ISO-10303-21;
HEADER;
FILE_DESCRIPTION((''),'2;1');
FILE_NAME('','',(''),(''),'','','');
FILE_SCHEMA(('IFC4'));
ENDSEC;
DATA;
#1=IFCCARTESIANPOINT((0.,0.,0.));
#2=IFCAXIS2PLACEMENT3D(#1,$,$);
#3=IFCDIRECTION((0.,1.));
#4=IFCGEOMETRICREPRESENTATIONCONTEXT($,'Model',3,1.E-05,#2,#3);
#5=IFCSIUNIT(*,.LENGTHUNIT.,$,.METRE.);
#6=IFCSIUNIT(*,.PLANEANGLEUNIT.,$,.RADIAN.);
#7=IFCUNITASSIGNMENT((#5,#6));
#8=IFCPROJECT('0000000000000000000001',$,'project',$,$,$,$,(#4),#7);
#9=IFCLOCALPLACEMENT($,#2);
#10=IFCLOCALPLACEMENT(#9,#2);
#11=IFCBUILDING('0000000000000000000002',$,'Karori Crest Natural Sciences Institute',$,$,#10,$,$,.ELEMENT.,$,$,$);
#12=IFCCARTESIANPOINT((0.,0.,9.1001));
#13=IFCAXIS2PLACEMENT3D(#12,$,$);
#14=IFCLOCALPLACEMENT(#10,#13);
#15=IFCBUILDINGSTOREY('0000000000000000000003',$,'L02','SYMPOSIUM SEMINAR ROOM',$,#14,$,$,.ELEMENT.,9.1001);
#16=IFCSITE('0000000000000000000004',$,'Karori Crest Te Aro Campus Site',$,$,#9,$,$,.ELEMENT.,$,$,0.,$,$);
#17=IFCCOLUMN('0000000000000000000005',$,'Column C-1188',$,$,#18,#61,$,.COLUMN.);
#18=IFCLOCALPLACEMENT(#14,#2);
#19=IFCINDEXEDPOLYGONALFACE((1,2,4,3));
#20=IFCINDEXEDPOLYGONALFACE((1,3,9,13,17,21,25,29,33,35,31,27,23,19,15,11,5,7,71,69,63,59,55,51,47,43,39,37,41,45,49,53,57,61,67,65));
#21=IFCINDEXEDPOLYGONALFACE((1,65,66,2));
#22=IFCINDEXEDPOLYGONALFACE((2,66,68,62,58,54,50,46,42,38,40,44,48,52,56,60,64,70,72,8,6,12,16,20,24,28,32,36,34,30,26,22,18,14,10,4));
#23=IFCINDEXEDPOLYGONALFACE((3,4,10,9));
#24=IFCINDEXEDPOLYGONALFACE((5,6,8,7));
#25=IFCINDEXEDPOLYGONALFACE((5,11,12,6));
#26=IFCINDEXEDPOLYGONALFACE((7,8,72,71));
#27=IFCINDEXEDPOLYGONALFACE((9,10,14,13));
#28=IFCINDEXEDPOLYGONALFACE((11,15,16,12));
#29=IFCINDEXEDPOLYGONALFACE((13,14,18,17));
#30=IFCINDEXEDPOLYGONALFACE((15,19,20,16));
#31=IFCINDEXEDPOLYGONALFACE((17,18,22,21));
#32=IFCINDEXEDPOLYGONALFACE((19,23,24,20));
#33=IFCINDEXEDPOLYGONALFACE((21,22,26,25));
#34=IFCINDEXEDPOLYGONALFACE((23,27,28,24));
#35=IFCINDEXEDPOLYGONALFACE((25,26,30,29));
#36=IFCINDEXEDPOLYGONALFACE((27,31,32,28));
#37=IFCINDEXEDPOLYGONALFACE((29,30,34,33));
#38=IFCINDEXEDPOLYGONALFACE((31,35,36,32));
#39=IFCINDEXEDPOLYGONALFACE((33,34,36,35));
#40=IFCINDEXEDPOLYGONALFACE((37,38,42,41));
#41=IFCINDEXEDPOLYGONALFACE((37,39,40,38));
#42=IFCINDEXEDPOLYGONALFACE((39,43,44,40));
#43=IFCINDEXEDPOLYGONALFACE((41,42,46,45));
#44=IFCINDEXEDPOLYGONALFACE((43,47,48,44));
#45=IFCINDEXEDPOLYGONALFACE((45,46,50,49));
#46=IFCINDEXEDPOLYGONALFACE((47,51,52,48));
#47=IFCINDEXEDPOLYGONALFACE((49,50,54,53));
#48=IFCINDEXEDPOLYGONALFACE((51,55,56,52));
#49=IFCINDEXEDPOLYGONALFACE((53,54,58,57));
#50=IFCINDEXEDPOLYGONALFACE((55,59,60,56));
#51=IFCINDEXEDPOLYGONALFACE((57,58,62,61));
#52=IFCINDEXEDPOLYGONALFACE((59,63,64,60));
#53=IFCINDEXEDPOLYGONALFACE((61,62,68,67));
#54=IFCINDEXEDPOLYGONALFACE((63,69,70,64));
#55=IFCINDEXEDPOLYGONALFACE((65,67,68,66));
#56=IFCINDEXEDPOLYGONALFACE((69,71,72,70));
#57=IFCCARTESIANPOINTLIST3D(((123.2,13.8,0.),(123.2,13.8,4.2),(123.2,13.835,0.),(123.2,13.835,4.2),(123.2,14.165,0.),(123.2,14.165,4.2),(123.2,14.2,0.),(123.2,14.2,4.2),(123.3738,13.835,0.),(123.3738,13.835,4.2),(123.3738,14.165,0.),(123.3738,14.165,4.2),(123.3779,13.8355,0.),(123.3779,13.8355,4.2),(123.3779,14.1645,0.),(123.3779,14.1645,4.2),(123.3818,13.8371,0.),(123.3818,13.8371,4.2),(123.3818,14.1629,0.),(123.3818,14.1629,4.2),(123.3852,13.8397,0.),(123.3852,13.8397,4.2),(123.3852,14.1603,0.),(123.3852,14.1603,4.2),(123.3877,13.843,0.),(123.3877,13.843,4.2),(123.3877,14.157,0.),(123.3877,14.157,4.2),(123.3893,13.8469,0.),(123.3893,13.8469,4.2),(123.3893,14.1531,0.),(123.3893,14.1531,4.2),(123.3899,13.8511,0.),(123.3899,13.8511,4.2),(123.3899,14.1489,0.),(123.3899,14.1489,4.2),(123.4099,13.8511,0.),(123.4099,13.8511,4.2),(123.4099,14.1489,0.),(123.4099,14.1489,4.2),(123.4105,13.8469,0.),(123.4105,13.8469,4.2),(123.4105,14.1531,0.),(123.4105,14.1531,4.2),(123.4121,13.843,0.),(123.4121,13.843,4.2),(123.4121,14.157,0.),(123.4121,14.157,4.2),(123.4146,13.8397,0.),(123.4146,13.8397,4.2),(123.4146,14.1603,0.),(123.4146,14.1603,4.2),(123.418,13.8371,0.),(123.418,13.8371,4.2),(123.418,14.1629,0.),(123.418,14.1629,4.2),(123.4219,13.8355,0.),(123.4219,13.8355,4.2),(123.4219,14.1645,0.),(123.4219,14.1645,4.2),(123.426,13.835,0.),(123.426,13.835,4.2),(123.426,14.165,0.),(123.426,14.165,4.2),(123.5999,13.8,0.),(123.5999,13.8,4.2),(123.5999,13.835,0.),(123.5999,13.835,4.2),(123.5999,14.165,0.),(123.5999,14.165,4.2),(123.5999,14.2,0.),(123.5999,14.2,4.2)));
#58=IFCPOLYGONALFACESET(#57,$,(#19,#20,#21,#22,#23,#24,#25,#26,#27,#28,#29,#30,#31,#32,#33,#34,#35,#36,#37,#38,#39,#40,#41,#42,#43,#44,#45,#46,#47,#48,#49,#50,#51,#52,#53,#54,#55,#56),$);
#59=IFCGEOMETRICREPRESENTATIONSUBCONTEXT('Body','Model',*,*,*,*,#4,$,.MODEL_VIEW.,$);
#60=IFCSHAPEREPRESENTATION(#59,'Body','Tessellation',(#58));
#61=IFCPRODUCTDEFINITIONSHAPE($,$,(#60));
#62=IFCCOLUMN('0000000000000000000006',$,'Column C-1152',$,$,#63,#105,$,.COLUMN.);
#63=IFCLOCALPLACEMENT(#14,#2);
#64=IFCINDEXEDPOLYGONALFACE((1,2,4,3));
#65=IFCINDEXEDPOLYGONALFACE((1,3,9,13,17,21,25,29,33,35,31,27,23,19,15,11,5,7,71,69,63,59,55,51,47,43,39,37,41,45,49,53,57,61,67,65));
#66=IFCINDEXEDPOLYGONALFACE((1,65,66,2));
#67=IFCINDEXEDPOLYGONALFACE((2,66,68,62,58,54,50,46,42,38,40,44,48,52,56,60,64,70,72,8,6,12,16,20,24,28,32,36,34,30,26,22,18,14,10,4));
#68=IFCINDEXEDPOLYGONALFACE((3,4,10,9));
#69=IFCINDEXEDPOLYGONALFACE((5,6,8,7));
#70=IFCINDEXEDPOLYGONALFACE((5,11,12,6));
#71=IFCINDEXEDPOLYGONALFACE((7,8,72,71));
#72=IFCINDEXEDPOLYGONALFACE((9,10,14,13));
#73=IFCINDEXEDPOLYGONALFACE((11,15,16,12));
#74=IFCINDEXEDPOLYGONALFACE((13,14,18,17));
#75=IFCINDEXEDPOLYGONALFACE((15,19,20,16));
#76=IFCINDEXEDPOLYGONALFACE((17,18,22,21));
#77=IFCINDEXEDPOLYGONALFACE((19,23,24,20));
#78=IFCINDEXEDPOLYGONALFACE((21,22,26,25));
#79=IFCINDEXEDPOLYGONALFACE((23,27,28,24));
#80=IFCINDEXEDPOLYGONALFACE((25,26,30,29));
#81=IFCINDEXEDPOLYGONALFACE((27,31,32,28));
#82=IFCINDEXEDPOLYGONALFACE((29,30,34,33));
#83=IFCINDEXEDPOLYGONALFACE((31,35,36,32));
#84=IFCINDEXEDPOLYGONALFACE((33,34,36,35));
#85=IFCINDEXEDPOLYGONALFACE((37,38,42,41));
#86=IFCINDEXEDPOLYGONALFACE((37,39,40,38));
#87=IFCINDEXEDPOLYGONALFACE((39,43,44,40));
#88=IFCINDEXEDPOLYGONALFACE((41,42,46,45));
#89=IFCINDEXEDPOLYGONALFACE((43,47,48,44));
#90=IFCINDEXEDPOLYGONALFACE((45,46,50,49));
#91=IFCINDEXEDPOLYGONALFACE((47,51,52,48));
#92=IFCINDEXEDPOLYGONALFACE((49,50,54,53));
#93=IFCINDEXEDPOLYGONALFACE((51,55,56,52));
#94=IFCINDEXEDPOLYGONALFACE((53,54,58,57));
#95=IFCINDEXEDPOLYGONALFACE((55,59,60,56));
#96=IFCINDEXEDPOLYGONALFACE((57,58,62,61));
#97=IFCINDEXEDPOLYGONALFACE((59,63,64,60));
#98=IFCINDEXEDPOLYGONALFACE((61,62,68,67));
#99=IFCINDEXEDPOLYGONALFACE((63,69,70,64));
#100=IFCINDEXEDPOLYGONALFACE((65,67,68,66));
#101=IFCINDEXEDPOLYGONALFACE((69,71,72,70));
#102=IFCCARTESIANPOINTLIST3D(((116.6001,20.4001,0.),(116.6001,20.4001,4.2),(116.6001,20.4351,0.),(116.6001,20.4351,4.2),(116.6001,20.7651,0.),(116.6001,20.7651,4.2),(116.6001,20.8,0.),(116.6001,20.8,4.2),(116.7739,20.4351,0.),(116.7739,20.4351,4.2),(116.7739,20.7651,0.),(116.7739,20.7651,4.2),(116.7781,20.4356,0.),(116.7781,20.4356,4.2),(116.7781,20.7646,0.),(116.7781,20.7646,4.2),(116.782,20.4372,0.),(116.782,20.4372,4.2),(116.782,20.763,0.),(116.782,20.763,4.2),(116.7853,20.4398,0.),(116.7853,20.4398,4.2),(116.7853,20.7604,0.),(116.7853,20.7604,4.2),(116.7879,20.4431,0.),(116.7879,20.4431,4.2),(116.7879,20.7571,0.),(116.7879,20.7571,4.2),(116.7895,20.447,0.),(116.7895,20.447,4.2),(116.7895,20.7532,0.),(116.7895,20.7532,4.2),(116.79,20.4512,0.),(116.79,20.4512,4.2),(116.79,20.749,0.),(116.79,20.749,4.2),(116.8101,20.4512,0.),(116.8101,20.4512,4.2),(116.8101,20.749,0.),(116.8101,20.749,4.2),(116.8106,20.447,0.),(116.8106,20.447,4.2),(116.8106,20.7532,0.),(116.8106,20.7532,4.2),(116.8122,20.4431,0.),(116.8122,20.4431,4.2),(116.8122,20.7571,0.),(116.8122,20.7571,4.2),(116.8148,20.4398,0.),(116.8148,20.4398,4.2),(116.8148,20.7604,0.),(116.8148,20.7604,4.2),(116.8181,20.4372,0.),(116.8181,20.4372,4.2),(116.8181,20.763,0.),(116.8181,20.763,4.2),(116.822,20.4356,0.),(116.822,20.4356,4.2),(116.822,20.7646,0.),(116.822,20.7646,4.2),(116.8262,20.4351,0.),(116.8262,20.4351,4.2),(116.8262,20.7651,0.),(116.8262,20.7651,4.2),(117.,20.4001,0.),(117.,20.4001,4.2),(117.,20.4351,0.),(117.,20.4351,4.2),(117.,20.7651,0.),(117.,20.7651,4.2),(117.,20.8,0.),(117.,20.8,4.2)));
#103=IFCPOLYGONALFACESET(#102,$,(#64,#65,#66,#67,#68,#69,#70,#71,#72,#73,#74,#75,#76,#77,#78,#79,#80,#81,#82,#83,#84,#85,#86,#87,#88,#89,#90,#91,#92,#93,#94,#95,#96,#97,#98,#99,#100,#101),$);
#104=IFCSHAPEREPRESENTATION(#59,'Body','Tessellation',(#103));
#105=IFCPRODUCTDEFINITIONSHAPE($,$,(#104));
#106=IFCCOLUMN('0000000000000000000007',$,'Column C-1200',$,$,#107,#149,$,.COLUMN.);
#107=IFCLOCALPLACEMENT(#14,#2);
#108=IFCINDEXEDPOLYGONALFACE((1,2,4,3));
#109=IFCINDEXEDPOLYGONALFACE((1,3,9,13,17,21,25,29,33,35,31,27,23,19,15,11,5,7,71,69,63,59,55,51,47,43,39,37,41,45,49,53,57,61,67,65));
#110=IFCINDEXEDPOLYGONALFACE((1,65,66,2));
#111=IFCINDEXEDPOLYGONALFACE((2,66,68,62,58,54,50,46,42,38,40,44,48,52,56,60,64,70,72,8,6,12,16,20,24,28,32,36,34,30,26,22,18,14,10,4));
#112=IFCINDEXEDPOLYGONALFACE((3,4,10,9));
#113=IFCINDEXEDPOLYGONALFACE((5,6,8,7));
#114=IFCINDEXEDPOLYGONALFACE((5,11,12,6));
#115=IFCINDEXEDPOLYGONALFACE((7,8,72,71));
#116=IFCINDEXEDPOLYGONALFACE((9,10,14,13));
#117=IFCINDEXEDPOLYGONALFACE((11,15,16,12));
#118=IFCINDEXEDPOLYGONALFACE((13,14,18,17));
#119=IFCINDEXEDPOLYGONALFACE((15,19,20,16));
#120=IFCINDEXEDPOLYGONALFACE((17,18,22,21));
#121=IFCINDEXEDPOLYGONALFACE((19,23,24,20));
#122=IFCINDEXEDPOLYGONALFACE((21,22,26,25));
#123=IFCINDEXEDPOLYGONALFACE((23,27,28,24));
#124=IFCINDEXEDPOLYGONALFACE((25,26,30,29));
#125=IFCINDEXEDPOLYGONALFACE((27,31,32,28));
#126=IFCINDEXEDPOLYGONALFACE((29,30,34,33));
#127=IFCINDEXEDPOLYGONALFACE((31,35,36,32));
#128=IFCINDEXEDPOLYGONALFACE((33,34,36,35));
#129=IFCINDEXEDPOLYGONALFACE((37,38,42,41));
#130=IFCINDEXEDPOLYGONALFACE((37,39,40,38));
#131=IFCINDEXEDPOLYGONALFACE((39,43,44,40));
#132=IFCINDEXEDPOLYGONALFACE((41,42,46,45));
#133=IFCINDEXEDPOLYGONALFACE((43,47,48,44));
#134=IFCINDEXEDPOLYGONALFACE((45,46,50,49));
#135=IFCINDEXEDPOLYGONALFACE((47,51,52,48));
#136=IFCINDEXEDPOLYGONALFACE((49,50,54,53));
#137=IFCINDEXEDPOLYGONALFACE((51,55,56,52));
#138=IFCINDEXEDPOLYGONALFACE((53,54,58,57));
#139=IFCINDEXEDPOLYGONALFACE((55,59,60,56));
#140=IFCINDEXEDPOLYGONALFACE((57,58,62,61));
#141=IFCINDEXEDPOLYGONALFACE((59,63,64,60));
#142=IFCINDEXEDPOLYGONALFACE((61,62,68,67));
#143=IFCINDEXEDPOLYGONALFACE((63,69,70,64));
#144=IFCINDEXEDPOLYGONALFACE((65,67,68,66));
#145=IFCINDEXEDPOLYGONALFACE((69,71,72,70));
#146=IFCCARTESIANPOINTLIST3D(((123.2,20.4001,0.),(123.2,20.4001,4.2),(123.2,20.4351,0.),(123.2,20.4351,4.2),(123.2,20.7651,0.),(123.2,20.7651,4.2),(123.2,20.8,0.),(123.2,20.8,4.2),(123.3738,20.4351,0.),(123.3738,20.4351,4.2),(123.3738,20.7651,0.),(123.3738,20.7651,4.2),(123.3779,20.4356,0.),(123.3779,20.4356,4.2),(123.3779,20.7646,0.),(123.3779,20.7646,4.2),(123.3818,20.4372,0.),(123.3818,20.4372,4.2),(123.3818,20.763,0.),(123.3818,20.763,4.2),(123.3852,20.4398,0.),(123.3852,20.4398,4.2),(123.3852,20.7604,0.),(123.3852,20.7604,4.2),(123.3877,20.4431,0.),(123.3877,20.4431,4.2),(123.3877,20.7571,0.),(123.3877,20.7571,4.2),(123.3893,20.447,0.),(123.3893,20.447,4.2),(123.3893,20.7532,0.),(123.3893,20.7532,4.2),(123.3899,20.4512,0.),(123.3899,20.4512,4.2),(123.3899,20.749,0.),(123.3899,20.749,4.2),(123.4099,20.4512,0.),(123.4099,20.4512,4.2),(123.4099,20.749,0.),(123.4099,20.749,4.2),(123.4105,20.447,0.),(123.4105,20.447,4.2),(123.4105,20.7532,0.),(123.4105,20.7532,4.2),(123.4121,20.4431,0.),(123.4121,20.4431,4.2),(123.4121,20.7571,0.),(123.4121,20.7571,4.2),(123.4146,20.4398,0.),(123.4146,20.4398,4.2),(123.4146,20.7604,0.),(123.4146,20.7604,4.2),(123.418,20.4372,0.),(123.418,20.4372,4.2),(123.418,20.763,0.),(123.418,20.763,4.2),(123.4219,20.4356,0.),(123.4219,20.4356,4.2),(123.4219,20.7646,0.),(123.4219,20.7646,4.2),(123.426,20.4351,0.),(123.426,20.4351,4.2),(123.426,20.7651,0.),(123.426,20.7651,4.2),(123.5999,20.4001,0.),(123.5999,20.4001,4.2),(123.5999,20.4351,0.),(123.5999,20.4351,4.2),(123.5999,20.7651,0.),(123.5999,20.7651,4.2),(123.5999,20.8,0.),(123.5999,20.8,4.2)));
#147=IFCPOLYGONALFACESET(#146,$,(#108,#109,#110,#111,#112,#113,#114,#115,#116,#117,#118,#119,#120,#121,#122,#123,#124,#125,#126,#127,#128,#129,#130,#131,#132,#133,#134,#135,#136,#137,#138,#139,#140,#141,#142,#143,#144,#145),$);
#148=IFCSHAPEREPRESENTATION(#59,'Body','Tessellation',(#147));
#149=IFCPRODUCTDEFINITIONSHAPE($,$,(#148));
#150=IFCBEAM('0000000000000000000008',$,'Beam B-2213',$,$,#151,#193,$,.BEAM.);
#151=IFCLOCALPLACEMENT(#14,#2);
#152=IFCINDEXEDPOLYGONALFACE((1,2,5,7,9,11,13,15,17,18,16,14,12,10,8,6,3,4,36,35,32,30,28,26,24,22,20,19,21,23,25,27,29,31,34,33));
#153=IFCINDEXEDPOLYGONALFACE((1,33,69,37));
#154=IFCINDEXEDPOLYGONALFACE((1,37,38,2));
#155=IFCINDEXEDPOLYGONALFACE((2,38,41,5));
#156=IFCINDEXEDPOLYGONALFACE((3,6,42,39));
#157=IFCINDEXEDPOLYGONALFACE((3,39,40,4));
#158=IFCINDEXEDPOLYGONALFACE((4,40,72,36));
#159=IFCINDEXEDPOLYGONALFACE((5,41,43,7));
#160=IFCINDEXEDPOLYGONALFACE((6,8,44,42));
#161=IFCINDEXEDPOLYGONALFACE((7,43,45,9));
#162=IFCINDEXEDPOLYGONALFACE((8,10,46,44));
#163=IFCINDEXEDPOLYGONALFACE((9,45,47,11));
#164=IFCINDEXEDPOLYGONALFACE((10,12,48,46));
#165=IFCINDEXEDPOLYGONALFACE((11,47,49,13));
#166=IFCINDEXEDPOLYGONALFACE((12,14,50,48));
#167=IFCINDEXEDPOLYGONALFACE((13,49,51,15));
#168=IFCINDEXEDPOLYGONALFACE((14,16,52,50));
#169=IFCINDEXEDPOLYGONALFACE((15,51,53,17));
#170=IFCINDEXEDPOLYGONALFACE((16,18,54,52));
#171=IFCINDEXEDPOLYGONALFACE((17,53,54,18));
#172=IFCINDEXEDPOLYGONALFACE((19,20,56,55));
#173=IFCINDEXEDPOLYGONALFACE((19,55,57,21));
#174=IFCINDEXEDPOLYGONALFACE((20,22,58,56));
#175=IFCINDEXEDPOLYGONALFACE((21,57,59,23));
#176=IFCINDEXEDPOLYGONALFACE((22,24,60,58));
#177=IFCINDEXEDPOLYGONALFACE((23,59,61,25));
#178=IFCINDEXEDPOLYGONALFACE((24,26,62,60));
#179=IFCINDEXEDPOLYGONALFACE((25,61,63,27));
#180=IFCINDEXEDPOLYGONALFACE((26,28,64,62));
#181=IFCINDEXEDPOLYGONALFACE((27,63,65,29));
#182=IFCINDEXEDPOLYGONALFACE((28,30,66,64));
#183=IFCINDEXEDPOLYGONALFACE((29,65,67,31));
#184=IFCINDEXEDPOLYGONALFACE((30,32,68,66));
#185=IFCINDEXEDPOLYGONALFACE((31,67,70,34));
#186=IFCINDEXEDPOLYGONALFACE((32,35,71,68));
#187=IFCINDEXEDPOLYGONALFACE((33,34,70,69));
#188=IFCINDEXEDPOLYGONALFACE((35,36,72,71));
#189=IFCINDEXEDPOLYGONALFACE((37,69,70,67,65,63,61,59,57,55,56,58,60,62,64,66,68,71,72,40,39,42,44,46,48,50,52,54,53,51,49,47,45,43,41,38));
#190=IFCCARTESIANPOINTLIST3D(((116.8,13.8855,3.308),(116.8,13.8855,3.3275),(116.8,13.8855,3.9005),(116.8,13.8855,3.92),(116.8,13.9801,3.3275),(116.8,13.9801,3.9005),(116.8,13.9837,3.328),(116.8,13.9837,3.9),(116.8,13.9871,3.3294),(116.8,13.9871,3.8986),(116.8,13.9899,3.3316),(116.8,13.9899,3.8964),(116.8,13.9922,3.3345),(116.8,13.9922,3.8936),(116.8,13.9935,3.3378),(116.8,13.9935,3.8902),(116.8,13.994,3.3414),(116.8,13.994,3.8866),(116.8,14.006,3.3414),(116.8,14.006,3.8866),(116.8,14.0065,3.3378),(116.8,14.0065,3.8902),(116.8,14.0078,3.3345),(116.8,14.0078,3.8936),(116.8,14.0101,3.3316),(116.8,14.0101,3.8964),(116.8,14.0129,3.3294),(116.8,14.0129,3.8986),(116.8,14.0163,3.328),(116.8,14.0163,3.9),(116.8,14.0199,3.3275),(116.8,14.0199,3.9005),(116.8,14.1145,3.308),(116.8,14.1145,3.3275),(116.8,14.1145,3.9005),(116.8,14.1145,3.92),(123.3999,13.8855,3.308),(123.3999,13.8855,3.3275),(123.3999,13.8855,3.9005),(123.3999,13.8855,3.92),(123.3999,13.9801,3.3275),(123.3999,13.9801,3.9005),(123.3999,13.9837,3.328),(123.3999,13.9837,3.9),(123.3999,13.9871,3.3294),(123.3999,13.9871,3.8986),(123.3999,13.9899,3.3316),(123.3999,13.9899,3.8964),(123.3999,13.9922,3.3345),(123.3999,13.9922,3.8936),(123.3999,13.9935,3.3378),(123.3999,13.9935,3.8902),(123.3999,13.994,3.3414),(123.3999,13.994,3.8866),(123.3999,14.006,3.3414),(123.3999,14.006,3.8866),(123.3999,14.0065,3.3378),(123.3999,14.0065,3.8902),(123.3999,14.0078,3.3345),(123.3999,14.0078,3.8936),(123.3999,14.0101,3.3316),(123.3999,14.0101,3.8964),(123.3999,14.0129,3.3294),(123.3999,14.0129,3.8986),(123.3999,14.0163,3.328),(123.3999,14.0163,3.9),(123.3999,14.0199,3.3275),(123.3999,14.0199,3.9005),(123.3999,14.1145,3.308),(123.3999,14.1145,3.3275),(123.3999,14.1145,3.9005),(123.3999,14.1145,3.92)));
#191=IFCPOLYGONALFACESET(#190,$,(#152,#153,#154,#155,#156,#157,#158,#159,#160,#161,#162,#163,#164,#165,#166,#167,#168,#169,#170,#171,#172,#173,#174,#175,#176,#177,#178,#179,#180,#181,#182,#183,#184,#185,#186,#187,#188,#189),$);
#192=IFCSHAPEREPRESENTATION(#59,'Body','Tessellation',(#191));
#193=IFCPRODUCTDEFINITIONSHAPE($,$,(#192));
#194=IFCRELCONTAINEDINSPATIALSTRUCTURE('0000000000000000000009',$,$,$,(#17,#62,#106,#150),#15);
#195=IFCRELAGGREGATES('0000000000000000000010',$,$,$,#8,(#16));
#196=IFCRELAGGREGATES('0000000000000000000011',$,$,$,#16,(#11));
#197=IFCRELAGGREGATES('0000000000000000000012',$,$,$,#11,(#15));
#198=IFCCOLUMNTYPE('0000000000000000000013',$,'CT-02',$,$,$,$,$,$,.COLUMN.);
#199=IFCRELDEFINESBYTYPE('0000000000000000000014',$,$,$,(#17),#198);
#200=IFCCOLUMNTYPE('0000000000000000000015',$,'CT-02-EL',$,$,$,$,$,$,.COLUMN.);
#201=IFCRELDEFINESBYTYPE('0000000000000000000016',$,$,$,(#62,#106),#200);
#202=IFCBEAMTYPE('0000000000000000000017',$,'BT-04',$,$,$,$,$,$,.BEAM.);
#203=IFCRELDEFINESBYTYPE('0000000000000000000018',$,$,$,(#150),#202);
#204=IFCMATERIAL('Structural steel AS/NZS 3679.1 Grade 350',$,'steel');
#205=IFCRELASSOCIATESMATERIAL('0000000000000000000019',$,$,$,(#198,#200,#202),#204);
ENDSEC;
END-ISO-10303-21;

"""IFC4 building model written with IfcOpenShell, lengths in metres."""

from ifc_helpers import new_model, si_unit, direction, frame, origin, origin_2d, place, context, subcontext, project, spatial, i_section, extrude, material, material_profile, profile_set, type_object, element, save


model = new_model("IFC4")

# Units and contexts
model_context = context("Model", 3, precision=1e-05, world=origin(), true_north=direction((0.0, 1.0)))
body_context = subcontext(model_context, "Body", "Model", "MODEL_VIEW")
ifc_project = project(units=[si_unit("LENGTHUNIT", "METRE"), si_unit("PLANEANGLEUNIT", "RADIAN")], contexts=[model_context])

# Site, building, storey
site_placement = place(None, origin())
site = spatial("IfcSite", under=ifc_project, at=site_placement, Name="Karori Crest Te Aro Campus Site", CompositionType="ELEMENT", RefElevation=0.0)
building_placement = place(site_placement, origin())
building = spatial("IfcBuilding", under=site, at=building_placement, Name="Karori Crest Natural Sciences Institute", CompositionType="ELEMENT")
storey_placement = place(building_placement, frame((0.0, 0.0, 9.1001)))
storey = spatial("IfcBuildingStorey", under=building, at=storey_placement, Name="L02", Description="SYMPOSIUM SEMINAR ROOM", CompositionType="ELEMENT", Elevation=9.1001)

# Columns
ifc_material_1 = material(Name="Structural steel AS/NZS 3679.1 Grade 350", Category="steel")
ifc_material_profile_1 = material_profile(ifc_material_1, i_section(OverallWidth=0.3999, OverallDepth=0.3999, WebThickness=0.02, FlangeThickness=0.0349, FilletRadius=0.0161, at=origin_2d()), Name="400WC328")
ifc_profile_set_1 = profile_set([ifc_material_profile_1], Name="Structural steel AS/NZS 3679.1 Grade 350")
column_type_1 = type_object("IfcColumnType", Name="CT-02", PredefinedType="COLUMN", material=ifc_profile_set_1)
column_placement = place(storey_placement, frame((123.3999, 14.0, 0.0), z_axis=(0.0, 0.0, 1.0), x_axis=(1.0, 0.0, 0.0)))
element("IfcColumn", 1, at=column_placement, inside=storey, type_object=column_type_1, Name="Column C-1188", PredefinedType="COLUMN", context=body_context, shape_type="SweptSolid", body=[
    extrude(i_section(OverallWidth=0.3999, OverallDepth=0.3999, WebThickness=0.02, FlangeThickness=0.0349, FilletRadius=0.0161, at=origin_2d()), origin(), (0.0, 0.0, 1.0), 4.2),
])
ifc_material_profile_2 = material_profile(ifc_material_1, i_section(OverallWidth=0.3999, OverallDepth=0.3999, WebThickness=0.02, FlangeThickness=0.0349, FilletRadius=0.0161, at=origin_2d()), Name="400WC328")
ifc_profile_set_2 = profile_set([ifc_material_profile_2], Name="Structural steel AS/NZS 3679.1 Grade 350")
column_type_2 = type_object("IfcColumnType", Name="CT-02-EL", PredefinedType="COLUMN", material=ifc_profile_set_2)
for number, where, z_axis, x_axis, name in (
    (2, (116.8, 20.6001, 0.0), (0.0, 0.0, 1.0), (1.0, 0.0, 0.0), "Column C-1152"),
    (3, (123.3999, 20.6001, 0.0), (0.0, 0.0, 1.0), (1.0, 0.0, 0.0), "Column C-1200"),
):
    element("IfcColumn", number, at=place(storey_placement, frame(where, z_axis=z_axis, x_axis=x_axis)), inside=storey, type_object=column_type_2, Name=name, PredefinedType="COLUMN", context=body_context, shape_type="SweptSolid", body=[
        extrude(i_section(OverallWidth=0.3999, OverallDepth=0.3999, WebThickness=0.02, FlangeThickness=0.0349, FilletRadius=0.0161, at=origin_2d()), origin(), (0.0, 0.0, 1.0), 4.2),
    ])

# Beam
ifc_material_profile_3 = material_profile(ifc_material_1, i_section(OverallWidth=0.229, OverallDepth=0.6121, WebThickness=0.012, FlangeThickness=0.0195, FilletRadius=0.0139, at=origin_2d()), Name="610UB125")
ifc_profile_set_3 = profile_set([ifc_material_profile_3], Name="Structural steel AS/NZS 3679.1 Grade 350")
beam_type_1 = type_object("IfcBeamType", Name="BT-04", PredefinedType="BEAM", material=ifc_profile_set_3)
beam_1_placement = place(storey_placement, frame((116.8, 14.0, 3.614), z_axis=(1.0, 0.0, 0.0), x_axis=(0.0, 1.0, 0.0)))
element("IfcBeam", 4, at=beam_1_placement, inside=storey, type_object=beam_type_1, Name="Beam B-2213", PredefinedType="BEAM", context=body_context, shape_type="SweptSolid", body=[
    extrude(i_section(OverallWidth=0.229, OverallDepth=0.6121, WebThickness=0.012, FlangeThickness=0.0195, FilletRadius=0.0139, at=origin_2d()), origin(), (0.0, 0.0, 1.0), 6.5999),
])

save(model, "model.ifc")
